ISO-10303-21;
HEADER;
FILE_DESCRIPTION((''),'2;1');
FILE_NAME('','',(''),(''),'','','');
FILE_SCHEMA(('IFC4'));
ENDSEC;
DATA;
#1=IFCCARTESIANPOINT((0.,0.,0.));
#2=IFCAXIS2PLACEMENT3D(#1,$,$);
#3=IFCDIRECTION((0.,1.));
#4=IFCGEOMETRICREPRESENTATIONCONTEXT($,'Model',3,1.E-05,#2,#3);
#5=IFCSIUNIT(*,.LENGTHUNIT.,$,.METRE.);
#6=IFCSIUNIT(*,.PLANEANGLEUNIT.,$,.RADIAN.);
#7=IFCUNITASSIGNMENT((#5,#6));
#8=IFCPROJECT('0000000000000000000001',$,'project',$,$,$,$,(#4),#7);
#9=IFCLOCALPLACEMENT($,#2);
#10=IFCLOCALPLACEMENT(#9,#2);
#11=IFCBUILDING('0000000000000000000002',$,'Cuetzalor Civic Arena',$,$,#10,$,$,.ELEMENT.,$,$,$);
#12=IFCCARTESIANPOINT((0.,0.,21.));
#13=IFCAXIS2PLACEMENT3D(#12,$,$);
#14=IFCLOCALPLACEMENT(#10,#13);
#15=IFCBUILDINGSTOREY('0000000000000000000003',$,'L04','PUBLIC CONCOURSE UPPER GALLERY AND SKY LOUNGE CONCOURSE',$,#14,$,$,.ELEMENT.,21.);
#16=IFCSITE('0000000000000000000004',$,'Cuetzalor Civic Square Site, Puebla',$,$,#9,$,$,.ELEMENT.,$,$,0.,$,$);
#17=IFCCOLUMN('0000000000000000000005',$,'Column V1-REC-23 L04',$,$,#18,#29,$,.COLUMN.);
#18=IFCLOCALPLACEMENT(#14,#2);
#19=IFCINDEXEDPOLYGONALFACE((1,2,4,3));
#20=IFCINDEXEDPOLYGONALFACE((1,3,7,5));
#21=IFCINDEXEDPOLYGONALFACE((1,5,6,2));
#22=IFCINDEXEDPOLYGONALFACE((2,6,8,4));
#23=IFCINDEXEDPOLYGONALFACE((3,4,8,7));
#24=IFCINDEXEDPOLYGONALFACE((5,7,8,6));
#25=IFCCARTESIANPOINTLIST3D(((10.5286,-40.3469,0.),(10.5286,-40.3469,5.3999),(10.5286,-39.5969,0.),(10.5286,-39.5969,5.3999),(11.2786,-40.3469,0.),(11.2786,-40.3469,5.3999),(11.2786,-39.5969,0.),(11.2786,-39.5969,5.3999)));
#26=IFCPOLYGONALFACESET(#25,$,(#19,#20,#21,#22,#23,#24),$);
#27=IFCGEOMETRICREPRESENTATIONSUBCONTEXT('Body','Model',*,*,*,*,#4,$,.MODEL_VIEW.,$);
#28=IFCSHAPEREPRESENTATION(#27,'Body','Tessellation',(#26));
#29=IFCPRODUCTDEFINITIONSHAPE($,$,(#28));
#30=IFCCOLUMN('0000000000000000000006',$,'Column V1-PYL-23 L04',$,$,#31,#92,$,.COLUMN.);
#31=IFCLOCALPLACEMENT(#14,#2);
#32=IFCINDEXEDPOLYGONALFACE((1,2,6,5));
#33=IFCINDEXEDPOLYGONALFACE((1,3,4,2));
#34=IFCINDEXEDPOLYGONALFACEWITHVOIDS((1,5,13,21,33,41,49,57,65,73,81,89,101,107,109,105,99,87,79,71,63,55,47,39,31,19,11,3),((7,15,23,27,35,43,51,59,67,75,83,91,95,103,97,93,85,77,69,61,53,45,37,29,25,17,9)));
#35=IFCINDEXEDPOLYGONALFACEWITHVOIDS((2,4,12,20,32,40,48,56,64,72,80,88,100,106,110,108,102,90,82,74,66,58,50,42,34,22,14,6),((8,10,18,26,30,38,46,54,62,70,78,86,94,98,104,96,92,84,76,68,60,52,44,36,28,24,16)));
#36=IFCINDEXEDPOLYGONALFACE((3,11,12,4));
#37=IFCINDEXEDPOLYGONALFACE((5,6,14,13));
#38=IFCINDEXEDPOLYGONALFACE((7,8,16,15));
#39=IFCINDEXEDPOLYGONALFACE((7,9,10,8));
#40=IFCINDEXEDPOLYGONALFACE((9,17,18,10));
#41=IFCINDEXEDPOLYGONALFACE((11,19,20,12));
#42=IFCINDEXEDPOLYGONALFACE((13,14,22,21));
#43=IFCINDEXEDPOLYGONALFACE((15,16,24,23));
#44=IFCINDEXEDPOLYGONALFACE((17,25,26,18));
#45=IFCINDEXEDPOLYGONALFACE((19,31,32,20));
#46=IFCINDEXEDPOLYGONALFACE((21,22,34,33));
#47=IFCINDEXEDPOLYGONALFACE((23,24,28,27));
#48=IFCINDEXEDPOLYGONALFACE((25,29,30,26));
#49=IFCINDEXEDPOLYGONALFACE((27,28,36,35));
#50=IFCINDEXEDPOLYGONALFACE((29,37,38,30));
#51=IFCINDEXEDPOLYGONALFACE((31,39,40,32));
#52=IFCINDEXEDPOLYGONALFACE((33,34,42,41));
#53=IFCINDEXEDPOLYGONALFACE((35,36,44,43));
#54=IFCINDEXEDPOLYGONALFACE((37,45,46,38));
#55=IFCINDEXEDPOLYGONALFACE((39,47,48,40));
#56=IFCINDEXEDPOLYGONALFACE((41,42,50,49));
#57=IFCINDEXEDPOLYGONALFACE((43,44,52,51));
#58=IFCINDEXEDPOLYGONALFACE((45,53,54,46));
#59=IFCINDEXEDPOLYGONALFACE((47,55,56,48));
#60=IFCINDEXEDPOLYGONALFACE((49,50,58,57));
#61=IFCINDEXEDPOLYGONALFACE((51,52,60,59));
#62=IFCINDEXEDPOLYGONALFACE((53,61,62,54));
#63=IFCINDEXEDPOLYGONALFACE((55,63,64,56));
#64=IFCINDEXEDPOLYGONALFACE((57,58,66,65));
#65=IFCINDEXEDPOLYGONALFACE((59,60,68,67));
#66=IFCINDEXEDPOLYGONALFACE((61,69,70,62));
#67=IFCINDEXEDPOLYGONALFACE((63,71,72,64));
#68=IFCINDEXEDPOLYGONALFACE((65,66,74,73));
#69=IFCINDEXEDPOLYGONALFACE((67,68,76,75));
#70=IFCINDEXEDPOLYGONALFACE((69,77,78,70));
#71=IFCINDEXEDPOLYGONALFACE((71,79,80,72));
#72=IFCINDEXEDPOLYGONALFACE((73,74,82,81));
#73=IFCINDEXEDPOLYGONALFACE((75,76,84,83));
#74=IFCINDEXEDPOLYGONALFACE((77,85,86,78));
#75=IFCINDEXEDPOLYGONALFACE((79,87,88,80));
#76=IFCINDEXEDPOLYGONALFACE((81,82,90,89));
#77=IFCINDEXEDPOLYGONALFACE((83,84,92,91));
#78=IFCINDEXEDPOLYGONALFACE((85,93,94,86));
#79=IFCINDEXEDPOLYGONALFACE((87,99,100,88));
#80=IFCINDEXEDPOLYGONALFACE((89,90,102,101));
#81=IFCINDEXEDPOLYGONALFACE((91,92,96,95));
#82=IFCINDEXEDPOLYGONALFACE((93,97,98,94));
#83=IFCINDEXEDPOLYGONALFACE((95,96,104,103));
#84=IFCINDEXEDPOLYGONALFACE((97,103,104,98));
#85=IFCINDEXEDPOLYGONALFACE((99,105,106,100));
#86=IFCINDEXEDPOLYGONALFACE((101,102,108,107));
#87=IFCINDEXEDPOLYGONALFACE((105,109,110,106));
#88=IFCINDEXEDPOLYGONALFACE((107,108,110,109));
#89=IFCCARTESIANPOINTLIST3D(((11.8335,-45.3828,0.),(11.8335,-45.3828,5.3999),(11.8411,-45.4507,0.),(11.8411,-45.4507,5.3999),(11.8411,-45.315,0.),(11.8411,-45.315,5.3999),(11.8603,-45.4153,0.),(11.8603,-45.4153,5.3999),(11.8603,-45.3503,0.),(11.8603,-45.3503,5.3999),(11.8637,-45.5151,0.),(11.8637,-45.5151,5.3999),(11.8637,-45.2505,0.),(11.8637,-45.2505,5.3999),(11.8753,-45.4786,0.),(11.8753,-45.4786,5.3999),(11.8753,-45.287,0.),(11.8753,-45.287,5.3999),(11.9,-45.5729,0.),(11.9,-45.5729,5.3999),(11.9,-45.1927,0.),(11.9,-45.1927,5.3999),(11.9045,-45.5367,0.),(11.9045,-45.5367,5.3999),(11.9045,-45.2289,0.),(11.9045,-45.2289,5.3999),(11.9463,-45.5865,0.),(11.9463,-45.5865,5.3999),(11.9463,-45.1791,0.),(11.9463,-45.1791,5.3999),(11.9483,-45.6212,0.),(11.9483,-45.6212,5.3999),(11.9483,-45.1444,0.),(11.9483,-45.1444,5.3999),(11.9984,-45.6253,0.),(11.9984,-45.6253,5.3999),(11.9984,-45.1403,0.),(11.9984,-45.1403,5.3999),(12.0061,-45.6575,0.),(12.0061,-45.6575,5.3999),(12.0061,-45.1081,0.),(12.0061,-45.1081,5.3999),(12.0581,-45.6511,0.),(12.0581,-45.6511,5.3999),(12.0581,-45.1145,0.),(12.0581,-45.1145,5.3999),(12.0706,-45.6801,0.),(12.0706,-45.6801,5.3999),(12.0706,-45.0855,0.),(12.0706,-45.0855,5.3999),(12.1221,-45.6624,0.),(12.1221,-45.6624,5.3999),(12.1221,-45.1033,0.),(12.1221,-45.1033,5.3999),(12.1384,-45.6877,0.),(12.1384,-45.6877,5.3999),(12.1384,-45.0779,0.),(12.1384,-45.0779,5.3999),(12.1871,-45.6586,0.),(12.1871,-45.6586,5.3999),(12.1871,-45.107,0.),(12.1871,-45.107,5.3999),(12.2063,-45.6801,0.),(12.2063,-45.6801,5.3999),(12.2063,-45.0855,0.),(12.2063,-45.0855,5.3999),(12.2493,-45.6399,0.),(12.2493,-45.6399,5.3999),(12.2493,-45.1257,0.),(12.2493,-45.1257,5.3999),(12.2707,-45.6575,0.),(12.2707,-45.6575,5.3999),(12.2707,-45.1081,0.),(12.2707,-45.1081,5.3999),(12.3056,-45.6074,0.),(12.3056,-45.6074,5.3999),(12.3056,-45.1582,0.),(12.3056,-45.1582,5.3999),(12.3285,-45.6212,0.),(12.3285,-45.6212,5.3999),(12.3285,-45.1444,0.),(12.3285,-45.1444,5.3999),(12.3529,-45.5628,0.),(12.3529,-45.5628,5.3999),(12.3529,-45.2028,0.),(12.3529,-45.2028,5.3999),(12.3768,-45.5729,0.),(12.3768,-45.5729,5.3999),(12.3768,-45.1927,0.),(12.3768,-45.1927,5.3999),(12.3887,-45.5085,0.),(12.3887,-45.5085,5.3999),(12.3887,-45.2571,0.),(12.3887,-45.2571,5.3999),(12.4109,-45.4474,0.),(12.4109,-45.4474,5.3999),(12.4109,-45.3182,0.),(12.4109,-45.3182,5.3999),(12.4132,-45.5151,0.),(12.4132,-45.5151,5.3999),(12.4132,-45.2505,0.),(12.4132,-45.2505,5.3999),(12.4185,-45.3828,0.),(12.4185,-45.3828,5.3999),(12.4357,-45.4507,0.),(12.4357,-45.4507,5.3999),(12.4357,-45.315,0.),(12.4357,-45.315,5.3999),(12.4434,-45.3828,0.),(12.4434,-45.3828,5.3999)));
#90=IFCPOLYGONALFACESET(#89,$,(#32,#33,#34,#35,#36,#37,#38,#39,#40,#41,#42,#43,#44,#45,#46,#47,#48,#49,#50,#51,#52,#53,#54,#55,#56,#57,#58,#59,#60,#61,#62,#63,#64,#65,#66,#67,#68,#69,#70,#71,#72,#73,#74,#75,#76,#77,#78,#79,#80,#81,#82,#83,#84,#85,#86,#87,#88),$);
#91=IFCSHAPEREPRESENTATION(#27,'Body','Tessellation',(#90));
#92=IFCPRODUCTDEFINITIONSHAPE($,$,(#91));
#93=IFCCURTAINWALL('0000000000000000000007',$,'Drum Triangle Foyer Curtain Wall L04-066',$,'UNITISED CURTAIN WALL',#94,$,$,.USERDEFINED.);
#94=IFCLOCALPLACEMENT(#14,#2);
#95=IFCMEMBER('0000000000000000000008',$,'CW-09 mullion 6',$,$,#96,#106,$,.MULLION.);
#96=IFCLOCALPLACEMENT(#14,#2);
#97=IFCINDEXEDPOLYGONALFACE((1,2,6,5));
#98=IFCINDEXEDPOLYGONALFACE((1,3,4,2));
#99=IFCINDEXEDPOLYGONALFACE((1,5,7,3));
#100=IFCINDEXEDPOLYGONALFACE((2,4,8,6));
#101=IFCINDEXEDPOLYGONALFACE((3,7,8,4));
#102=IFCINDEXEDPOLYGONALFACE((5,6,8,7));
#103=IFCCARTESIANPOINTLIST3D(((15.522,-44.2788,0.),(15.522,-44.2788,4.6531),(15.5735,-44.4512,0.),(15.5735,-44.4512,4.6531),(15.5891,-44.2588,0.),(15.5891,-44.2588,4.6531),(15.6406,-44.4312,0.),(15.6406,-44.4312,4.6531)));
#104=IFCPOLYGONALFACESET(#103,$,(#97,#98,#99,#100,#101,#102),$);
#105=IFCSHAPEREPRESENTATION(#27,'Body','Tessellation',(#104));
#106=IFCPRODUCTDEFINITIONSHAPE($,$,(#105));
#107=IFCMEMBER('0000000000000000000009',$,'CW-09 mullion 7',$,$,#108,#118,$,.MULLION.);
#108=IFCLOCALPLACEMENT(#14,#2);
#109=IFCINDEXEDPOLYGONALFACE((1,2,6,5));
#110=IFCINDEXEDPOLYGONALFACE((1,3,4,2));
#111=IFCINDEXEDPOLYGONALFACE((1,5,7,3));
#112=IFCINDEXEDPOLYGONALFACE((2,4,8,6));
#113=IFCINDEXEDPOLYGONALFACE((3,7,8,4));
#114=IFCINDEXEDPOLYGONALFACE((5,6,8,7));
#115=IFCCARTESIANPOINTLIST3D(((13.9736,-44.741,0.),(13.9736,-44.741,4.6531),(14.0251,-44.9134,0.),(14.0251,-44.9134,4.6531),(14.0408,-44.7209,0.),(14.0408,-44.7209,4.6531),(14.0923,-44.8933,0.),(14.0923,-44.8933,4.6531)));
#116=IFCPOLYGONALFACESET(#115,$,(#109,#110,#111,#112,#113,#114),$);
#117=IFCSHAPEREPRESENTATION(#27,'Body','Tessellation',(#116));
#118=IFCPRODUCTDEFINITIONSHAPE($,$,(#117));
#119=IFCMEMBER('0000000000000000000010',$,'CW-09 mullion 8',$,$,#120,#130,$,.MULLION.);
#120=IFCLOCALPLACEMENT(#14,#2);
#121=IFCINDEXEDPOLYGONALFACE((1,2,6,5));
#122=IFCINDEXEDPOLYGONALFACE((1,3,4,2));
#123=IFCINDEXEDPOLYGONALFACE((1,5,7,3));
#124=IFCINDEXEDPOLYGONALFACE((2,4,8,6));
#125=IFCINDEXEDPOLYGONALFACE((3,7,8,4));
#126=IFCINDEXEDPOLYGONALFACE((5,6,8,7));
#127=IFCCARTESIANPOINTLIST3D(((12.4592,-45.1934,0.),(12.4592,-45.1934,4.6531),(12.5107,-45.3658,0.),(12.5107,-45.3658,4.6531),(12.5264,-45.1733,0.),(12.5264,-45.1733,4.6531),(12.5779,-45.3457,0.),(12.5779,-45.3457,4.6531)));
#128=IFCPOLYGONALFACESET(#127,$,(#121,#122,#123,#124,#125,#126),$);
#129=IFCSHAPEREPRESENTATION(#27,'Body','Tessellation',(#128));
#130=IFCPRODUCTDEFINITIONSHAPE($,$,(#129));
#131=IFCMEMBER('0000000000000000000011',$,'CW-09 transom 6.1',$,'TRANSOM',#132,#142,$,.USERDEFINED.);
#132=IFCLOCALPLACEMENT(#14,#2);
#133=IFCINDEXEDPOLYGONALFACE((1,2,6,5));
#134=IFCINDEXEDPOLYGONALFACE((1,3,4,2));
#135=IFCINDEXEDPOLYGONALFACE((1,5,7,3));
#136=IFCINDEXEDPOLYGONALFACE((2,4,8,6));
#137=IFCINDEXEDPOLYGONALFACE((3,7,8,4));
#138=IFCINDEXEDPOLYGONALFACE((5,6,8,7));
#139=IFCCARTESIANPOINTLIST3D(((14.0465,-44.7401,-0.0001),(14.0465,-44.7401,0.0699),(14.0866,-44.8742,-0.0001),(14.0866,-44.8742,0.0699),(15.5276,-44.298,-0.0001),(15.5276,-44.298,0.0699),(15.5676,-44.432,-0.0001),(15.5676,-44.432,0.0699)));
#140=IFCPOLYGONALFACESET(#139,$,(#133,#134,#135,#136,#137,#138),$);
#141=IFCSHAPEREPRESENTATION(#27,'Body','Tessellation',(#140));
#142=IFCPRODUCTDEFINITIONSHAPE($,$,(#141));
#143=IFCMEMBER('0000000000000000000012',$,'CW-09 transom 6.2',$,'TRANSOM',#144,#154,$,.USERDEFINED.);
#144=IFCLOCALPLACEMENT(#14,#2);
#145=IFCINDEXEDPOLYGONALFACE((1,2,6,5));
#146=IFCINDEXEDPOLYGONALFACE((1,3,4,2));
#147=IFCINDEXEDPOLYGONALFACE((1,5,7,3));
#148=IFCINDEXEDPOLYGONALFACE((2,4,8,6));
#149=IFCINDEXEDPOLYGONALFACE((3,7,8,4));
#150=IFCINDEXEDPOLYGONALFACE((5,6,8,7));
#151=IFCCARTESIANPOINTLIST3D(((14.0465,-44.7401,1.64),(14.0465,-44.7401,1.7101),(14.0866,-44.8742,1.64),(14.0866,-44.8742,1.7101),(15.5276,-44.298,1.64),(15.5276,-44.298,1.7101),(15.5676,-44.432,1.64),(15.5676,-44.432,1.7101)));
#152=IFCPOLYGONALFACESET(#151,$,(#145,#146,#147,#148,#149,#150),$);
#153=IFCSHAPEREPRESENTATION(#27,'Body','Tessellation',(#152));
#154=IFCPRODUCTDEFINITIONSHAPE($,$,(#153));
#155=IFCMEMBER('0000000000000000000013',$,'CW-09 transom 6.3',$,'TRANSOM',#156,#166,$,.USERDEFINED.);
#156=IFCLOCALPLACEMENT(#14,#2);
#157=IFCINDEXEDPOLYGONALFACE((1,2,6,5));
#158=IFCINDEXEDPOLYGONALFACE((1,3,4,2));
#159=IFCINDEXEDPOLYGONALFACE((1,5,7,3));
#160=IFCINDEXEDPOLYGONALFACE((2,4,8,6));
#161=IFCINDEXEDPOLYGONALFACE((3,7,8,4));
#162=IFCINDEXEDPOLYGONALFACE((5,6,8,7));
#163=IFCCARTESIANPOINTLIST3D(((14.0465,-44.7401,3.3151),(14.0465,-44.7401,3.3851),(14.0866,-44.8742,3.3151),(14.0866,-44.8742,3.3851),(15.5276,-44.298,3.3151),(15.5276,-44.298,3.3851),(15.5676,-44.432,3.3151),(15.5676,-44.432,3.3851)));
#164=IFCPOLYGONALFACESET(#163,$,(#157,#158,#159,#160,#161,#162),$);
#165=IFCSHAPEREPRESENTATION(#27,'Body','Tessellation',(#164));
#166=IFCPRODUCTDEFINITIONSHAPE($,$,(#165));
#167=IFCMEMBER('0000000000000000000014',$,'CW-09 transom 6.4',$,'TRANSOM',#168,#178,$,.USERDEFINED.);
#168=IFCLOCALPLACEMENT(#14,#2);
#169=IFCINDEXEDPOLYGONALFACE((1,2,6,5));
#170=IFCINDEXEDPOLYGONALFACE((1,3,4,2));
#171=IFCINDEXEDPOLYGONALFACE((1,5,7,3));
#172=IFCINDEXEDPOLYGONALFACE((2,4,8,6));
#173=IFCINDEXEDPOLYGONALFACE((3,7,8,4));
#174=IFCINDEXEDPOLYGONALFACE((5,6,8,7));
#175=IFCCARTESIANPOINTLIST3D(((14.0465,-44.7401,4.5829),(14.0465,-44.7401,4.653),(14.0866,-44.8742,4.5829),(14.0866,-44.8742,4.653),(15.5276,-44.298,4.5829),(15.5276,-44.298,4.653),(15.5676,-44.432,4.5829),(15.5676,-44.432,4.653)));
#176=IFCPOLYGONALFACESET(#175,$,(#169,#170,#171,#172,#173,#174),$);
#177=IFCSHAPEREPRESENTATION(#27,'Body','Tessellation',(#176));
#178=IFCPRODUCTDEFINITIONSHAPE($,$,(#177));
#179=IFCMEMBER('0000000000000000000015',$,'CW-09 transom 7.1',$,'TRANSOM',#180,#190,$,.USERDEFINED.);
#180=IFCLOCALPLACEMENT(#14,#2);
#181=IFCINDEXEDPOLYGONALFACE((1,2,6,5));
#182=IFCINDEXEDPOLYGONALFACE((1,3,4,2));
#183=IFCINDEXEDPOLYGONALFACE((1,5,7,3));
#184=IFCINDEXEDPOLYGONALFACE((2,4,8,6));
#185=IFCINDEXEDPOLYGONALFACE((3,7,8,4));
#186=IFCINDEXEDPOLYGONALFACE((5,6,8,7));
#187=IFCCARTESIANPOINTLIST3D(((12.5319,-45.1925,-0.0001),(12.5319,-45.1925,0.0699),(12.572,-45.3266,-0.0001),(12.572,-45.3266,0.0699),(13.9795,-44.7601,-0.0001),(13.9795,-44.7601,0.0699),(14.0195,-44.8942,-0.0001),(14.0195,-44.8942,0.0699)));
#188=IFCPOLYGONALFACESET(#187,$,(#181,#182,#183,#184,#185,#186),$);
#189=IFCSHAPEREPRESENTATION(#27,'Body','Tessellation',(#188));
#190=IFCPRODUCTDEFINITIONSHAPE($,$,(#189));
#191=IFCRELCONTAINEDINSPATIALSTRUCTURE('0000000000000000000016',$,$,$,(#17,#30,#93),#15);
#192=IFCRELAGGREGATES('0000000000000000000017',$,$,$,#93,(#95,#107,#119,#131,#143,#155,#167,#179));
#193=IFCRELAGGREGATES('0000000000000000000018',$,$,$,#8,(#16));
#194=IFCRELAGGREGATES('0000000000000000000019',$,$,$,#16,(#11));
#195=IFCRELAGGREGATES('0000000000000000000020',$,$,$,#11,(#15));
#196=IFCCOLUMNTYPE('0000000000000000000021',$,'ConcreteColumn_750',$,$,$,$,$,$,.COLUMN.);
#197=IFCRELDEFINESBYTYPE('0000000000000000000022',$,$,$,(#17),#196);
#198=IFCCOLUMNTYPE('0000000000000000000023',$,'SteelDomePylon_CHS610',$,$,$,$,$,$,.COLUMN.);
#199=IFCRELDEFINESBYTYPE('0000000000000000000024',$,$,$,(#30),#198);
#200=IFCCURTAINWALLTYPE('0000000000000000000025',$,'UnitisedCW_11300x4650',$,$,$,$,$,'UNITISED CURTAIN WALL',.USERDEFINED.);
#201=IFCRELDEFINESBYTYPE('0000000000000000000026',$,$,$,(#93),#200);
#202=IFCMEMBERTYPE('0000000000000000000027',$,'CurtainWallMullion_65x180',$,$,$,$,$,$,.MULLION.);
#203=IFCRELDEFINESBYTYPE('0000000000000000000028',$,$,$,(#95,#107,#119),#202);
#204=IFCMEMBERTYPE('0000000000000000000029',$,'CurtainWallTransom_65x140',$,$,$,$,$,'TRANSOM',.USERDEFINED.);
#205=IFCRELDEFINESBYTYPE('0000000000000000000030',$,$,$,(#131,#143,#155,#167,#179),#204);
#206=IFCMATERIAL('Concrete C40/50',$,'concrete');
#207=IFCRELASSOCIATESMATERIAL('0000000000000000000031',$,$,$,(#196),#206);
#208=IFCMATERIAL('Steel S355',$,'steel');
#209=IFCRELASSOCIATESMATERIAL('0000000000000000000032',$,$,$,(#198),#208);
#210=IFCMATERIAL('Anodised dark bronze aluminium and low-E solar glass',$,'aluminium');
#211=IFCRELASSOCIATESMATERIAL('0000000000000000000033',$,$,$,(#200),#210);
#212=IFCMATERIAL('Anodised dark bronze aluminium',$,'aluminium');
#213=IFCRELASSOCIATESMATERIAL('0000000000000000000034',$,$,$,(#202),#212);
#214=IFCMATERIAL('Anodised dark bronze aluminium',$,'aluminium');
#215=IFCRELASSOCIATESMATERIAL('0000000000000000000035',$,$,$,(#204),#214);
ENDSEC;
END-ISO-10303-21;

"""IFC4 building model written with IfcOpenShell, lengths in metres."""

from ifc_helpers import new_model, si_unit, direction, frame, origin, origin_2d, place, context, subcontext, project, spatial, rectangle, hollow_circle, extrude, material, material_profile, profile_set, type_object, element, aggregate, save


model = new_model("IFC4")

# Units and contexts
model_context = context("Model", 3, precision=1e-05, world=origin(), true_north=direction((0.0, 1.0)))
body_context = subcontext(model_context, "Body", "Model", "MODEL_VIEW")
ifc_project = project(units=[si_unit("LENGTHUNIT", "METRE"), si_unit("PLANEANGLEUNIT", "RADIAN")], contexts=[model_context])

# Site, building, storey
site_placement = place(None, origin())
site = spatial("IfcSite", under=ifc_project, at=site_placement, Name="Cuetzalor Civic Square Site, Puebla", CompositionType="ELEMENT", RefElevation=0.0)
building_placement = place(site_placement, origin())
building = spatial("IfcBuilding", under=site, at=building_placement, Name="Cuetzalor Civic Arena", CompositionType="ELEMENT")
storey_placement = place(building_placement, frame((0.0, 0.0, 21.0)))
storey = spatial("IfcBuildingStorey", under=building, at=storey_placement, Name="L04", Description="PUBLIC CONCOURSE UPPER GALLERY AND SKY LOUNGE CONCOURSE", CompositionType="ELEMENT", Elevation=21.0)

# Columns
ifc_material_1 = material(Name="Concrete C40/50", Category="concrete")
ifc_material_profile_1 = material_profile(ifc_material_1, rectangle(XDim=0.75, YDim=0.75, at=origin_2d()), Name="RC 750x750")
ifc_profile_set_1 = profile_set([ifc_material_profile_1], Name="Concrete C40/50")
column_type_1 = type_object("IfcColumnType", Name="ConcreteColumn_750", PredefinedType="COLUMN", material=ifc_profile_set_1)
column_1_placement = place(storey_placement, frame((10.9036, -39.9719, 0.0), z_axis=(0.0, 0.0, 1.0), x_axis=(1.0, 0.0, 0.0)))
element("IfcColumn", 1, at=column_1_placement, inside=storey, type_object=column_type_1, Name="Column V1-REC-23 L04", PredefinedType="COLUMN", context=body_context, shape_type="SweptSolid", body=[
    extrude(rectangle(XDim=0.75, YDim=0.75, at=origin_2d()), origin(), (0.0, 0.0, 1.0), 5.3999),
])
ifc_material_2 = material(Name="Steel S355", Category="steel")
ifc_material_profile_2 = material_profile(ifc_material_2, hollow_circle(Radius=0.3049, WallThickness=0.0249, at=origin_2d()), Name="CHS 610x25")
ifc_profile_set_2 = profile_set([ifc_material_profile_2], Name="Steel S355")
column_type_2 = type_object("IfcColumnType", Name="SteelDomePylon_CHS610", PredefinedType="COLUMN", material=ifc_profile_set_2)
column_2_placement = place(storey_placement, frame((12.1384, -45.3828, 0.0), z_axis=(0.0, 0.0, 1.0), x_axis=(1.0, 0.0, 0.0)))
element("IfcColumn", 2, at=column_2_placement, inside=storey, type_object=column_type_2, Name="Column V1-PYL-23 L04", PredefinedType="COLUMN", context=body_context, shape_type="SweptSolid", body=[
    extrude(hollow_circle(Radius=0.3049, WallThickness=0.0249, at=origin_2d()), origin(), (0.0, 0.0, 1.0), 5.3999),
])

# Curtain wall, members
ifc_material_3 = material(Name="Anodised dark bronze aluminium and low-E solar glass", Category="aluminium")
curtain_wall_type = type_object("IfcCurtainWallType", Name="UnitisedCW_11300x4650", ElementType="UNITISED CURTAIN WALL", PredefinedType="USERDEFINED", material=ifc_material_3)
curtain_wall_placement = place(storey_placement, origin())
curtain_wall = element("IfcCurtainWall", 3, at=curtain_wall_placement, inside=storey, type_object=curtain_wall_type, Name="Drum Triangle Foyer Curtain Wall L04-066", ObjectType="UNITISED CURTAIN WALL", PredefinedType="USERDEFINED")
ifc_material_4 = material(Name="Anodised dark bronze aluminium", Category="aluminium")
ifc_material_profile_3 = material_profile(ifc_material_4, rectangle(XDim=0.0701, YDim=0.1799, at=origin_2d()), Name="ALU MULLION 70x180")
ifc_profile_set_3 = profile_set([ifc_material_profile_3], Name="Anodised dark bronze aluminium")
member_type_1 = type_object("IfcMemberType", Name="CurtainWallMullion_65x180", PredefinedType="MULLION", material=ifc_profile_set_3)
member_1_placement = place(storey_placement, frame((15.5813, -44.355, 0.0), z_axis=(0.0, 0.0, 1.0), x_axis=(-0.958194, -0.28612, 0.0)))
member_1 = element("IfcMember", 4, at=member_1_placement, type_object=member_type_1, Name="CW-09 mullion 6", PredefinedType="MULLION", context=body_context, shape_type="SweptSolid", body=[
    extrude(rectangle(XDim=0.0701, YDim=0.1799, at=origin_2d()), origin(), (0.0, 0.0, 1.0), 4.6531),
])
member_2_placement = place(storey_placement, frame((14.033, -44.8171, 0.0), z_axis=(0.0, 0.0, 1.0), x_axis=(-0.958194, -0.28612, 0.0)))
member_2 = element("IfcMember", 5, at=member_2_placement, type_object=member_type_1, Name="CW-09 mullion 7", PredefinedType="MULLION", context=body_context, shape_type="SweptSolid", body=[
    extrude(rectangle(XDim=0.0701, YDim=0.1799, at=origin_2d()), origin(), (0.0, 0.0, 1.0), 4.6531),
])
member_3_placement = place(storey_placement, frame((12.5186, -45.2695, 0.0), z_axis=(0.0, 0.0, 1.0), x_axis=(-0.958194, -0.28612, 0.0)))
member_3 = element("IfcMember", 6, at=member_3_placement, type_object=member_type_1, Name="CW-09 mullion 8", PredefinedType="MULLION", context=body_context, shape_type="SweptSolid", body=[
    extrude(rectangle(XDim=0.0701, YDim=0.1799, at=origin_2d()), origin(), (0.0, 0.0, 1.0), 4.6531),
])
ifc_material_5 = material(Name="Anodised dark bronze aluminium", Category="aluminium")
ifc_material_profile_4 = material_profile(ifc_material_5, rectangle(XDim=0.1399, YDim=0.0701, at=origin_2d()), Name="ALU TRANSOM 70x140")
ifc_profile_set_4 = profile_set([ifc_material_profile_4], Name="Anodised dark bronze aluminium")
member_type_2 = type_object("IfcMemberType", Name="CurtainWallTransom_65x140", ElementType="TRANSOM", PredefinedType="USERDEFINED", material=ifc_profile_set_4)
member_4_placement = place(storey_placement, frame((15.5476, -44.365, 0.0349), z_axis=(-0.958208, -0.286072, 0.0), x_axis=(0.286072, -0.958208, 0.0)))
member_4 = element("IfcMember", 7, at=member_4_placement, type_object=member_type_2, Name="CW-09 transom 6.1", ObjectType="TRANSOM", PredefinedType="USERDEFINED", context=body_context, shape_type="SweptSolid", body=[
    extrude(rectangle(XDim=0.1399, YDim=0.0701, at=origin_2d()), origin(), (0.0, 0.0, 1.0), 1.5457),
])
member_5_placement = place(storey_placement, frame((15.5476, -44.365, 1.675), z_axis=(-0.958208, -0.286072, 0.0), x_axis=(0.286072, -0.958208, 0.0)))
member_5 = element("IfcMember", 8, at=member_5_placement, type_object=member_type_2, Name="CW-09 transom 6.2", ObjectType="TRANSOM", PredefinedType="USERDEFINED", context=body_context, shape_type="SweptSolid", body=[
    extrude(rectangle(XDim=0.1399, YDim=0.0701, at=origin_2d()), origin(), (0.0, 0.0, 1.0), 1.5457),
])
member_6_placement = place(storey_placement, frame((15.5476, -44.365, 3.3501), z_axis=(-0.958208, -0.286072, 0.0), x_axis=(0.286072, -0.958208, 0.0)))
member_6 = element("IfcMember", 9, at=member_6_placement, type_object=member_type_2, Name="CW-09 transom 6.3", ObjectType="TRANSOM", PredefinedType="USERDEFINED", context=body_context, shape_type="SweptSolid", body=[
    extrude(rectangle(XDim=0.1399, YDim=0.0701, at=origin_2d()), origin(), (0.0, 0.0, 1.0), 1.5457),
])
member_7_placement = place(storey_placement, frame((15.5476, -44.365, 4.6179), z_axis=(-0.958208, -0.286072, 0.0), x_axis=(0.286072, -0.958208, 0.0)))
member_7 = element("IfcMember", 10, at=member_7_placement, type_object=member_type_2, Name="CW-09 transom 6.4", ObjectType="TRANSOM", PredefinedType="USERDEFINED", context=body_context, shape_type="SweptSolid", body=[
    extrude(rectangle(XDim=0.1399, YDim=0.0701, at=origin_2d()), origin(), (0.0, 0.0, 1.0), 1.5457),
])
member_8_placement = place(storey_placement, frame((13.9995, -44.8271, 0.0349), z_axis=(-0.958168, -0.286206, 0.0), x_axis=(0.286206, -0.958168, 0.0)))
member_8 = element("IfcMember", 11, at=member_8_placement, type_object=member_type_2, Name="CW-09 transom 7.1", ObjectType="TRANSOM", PredefinedType="USERDEFINED", context=body_context, shape_type="SweptSolid", body=[
    extrude(rectangle(XDim=0.1399, YDim=0.0701, at=origin_2d()), origin(), (0.0, 0.0, 1.0), 1.5107),
])

aggregate(curtain_wall, [member_1, member_2, member_3, member_4, member_5, member_6, member_7, member_8])

save(model, "model.ifc")
